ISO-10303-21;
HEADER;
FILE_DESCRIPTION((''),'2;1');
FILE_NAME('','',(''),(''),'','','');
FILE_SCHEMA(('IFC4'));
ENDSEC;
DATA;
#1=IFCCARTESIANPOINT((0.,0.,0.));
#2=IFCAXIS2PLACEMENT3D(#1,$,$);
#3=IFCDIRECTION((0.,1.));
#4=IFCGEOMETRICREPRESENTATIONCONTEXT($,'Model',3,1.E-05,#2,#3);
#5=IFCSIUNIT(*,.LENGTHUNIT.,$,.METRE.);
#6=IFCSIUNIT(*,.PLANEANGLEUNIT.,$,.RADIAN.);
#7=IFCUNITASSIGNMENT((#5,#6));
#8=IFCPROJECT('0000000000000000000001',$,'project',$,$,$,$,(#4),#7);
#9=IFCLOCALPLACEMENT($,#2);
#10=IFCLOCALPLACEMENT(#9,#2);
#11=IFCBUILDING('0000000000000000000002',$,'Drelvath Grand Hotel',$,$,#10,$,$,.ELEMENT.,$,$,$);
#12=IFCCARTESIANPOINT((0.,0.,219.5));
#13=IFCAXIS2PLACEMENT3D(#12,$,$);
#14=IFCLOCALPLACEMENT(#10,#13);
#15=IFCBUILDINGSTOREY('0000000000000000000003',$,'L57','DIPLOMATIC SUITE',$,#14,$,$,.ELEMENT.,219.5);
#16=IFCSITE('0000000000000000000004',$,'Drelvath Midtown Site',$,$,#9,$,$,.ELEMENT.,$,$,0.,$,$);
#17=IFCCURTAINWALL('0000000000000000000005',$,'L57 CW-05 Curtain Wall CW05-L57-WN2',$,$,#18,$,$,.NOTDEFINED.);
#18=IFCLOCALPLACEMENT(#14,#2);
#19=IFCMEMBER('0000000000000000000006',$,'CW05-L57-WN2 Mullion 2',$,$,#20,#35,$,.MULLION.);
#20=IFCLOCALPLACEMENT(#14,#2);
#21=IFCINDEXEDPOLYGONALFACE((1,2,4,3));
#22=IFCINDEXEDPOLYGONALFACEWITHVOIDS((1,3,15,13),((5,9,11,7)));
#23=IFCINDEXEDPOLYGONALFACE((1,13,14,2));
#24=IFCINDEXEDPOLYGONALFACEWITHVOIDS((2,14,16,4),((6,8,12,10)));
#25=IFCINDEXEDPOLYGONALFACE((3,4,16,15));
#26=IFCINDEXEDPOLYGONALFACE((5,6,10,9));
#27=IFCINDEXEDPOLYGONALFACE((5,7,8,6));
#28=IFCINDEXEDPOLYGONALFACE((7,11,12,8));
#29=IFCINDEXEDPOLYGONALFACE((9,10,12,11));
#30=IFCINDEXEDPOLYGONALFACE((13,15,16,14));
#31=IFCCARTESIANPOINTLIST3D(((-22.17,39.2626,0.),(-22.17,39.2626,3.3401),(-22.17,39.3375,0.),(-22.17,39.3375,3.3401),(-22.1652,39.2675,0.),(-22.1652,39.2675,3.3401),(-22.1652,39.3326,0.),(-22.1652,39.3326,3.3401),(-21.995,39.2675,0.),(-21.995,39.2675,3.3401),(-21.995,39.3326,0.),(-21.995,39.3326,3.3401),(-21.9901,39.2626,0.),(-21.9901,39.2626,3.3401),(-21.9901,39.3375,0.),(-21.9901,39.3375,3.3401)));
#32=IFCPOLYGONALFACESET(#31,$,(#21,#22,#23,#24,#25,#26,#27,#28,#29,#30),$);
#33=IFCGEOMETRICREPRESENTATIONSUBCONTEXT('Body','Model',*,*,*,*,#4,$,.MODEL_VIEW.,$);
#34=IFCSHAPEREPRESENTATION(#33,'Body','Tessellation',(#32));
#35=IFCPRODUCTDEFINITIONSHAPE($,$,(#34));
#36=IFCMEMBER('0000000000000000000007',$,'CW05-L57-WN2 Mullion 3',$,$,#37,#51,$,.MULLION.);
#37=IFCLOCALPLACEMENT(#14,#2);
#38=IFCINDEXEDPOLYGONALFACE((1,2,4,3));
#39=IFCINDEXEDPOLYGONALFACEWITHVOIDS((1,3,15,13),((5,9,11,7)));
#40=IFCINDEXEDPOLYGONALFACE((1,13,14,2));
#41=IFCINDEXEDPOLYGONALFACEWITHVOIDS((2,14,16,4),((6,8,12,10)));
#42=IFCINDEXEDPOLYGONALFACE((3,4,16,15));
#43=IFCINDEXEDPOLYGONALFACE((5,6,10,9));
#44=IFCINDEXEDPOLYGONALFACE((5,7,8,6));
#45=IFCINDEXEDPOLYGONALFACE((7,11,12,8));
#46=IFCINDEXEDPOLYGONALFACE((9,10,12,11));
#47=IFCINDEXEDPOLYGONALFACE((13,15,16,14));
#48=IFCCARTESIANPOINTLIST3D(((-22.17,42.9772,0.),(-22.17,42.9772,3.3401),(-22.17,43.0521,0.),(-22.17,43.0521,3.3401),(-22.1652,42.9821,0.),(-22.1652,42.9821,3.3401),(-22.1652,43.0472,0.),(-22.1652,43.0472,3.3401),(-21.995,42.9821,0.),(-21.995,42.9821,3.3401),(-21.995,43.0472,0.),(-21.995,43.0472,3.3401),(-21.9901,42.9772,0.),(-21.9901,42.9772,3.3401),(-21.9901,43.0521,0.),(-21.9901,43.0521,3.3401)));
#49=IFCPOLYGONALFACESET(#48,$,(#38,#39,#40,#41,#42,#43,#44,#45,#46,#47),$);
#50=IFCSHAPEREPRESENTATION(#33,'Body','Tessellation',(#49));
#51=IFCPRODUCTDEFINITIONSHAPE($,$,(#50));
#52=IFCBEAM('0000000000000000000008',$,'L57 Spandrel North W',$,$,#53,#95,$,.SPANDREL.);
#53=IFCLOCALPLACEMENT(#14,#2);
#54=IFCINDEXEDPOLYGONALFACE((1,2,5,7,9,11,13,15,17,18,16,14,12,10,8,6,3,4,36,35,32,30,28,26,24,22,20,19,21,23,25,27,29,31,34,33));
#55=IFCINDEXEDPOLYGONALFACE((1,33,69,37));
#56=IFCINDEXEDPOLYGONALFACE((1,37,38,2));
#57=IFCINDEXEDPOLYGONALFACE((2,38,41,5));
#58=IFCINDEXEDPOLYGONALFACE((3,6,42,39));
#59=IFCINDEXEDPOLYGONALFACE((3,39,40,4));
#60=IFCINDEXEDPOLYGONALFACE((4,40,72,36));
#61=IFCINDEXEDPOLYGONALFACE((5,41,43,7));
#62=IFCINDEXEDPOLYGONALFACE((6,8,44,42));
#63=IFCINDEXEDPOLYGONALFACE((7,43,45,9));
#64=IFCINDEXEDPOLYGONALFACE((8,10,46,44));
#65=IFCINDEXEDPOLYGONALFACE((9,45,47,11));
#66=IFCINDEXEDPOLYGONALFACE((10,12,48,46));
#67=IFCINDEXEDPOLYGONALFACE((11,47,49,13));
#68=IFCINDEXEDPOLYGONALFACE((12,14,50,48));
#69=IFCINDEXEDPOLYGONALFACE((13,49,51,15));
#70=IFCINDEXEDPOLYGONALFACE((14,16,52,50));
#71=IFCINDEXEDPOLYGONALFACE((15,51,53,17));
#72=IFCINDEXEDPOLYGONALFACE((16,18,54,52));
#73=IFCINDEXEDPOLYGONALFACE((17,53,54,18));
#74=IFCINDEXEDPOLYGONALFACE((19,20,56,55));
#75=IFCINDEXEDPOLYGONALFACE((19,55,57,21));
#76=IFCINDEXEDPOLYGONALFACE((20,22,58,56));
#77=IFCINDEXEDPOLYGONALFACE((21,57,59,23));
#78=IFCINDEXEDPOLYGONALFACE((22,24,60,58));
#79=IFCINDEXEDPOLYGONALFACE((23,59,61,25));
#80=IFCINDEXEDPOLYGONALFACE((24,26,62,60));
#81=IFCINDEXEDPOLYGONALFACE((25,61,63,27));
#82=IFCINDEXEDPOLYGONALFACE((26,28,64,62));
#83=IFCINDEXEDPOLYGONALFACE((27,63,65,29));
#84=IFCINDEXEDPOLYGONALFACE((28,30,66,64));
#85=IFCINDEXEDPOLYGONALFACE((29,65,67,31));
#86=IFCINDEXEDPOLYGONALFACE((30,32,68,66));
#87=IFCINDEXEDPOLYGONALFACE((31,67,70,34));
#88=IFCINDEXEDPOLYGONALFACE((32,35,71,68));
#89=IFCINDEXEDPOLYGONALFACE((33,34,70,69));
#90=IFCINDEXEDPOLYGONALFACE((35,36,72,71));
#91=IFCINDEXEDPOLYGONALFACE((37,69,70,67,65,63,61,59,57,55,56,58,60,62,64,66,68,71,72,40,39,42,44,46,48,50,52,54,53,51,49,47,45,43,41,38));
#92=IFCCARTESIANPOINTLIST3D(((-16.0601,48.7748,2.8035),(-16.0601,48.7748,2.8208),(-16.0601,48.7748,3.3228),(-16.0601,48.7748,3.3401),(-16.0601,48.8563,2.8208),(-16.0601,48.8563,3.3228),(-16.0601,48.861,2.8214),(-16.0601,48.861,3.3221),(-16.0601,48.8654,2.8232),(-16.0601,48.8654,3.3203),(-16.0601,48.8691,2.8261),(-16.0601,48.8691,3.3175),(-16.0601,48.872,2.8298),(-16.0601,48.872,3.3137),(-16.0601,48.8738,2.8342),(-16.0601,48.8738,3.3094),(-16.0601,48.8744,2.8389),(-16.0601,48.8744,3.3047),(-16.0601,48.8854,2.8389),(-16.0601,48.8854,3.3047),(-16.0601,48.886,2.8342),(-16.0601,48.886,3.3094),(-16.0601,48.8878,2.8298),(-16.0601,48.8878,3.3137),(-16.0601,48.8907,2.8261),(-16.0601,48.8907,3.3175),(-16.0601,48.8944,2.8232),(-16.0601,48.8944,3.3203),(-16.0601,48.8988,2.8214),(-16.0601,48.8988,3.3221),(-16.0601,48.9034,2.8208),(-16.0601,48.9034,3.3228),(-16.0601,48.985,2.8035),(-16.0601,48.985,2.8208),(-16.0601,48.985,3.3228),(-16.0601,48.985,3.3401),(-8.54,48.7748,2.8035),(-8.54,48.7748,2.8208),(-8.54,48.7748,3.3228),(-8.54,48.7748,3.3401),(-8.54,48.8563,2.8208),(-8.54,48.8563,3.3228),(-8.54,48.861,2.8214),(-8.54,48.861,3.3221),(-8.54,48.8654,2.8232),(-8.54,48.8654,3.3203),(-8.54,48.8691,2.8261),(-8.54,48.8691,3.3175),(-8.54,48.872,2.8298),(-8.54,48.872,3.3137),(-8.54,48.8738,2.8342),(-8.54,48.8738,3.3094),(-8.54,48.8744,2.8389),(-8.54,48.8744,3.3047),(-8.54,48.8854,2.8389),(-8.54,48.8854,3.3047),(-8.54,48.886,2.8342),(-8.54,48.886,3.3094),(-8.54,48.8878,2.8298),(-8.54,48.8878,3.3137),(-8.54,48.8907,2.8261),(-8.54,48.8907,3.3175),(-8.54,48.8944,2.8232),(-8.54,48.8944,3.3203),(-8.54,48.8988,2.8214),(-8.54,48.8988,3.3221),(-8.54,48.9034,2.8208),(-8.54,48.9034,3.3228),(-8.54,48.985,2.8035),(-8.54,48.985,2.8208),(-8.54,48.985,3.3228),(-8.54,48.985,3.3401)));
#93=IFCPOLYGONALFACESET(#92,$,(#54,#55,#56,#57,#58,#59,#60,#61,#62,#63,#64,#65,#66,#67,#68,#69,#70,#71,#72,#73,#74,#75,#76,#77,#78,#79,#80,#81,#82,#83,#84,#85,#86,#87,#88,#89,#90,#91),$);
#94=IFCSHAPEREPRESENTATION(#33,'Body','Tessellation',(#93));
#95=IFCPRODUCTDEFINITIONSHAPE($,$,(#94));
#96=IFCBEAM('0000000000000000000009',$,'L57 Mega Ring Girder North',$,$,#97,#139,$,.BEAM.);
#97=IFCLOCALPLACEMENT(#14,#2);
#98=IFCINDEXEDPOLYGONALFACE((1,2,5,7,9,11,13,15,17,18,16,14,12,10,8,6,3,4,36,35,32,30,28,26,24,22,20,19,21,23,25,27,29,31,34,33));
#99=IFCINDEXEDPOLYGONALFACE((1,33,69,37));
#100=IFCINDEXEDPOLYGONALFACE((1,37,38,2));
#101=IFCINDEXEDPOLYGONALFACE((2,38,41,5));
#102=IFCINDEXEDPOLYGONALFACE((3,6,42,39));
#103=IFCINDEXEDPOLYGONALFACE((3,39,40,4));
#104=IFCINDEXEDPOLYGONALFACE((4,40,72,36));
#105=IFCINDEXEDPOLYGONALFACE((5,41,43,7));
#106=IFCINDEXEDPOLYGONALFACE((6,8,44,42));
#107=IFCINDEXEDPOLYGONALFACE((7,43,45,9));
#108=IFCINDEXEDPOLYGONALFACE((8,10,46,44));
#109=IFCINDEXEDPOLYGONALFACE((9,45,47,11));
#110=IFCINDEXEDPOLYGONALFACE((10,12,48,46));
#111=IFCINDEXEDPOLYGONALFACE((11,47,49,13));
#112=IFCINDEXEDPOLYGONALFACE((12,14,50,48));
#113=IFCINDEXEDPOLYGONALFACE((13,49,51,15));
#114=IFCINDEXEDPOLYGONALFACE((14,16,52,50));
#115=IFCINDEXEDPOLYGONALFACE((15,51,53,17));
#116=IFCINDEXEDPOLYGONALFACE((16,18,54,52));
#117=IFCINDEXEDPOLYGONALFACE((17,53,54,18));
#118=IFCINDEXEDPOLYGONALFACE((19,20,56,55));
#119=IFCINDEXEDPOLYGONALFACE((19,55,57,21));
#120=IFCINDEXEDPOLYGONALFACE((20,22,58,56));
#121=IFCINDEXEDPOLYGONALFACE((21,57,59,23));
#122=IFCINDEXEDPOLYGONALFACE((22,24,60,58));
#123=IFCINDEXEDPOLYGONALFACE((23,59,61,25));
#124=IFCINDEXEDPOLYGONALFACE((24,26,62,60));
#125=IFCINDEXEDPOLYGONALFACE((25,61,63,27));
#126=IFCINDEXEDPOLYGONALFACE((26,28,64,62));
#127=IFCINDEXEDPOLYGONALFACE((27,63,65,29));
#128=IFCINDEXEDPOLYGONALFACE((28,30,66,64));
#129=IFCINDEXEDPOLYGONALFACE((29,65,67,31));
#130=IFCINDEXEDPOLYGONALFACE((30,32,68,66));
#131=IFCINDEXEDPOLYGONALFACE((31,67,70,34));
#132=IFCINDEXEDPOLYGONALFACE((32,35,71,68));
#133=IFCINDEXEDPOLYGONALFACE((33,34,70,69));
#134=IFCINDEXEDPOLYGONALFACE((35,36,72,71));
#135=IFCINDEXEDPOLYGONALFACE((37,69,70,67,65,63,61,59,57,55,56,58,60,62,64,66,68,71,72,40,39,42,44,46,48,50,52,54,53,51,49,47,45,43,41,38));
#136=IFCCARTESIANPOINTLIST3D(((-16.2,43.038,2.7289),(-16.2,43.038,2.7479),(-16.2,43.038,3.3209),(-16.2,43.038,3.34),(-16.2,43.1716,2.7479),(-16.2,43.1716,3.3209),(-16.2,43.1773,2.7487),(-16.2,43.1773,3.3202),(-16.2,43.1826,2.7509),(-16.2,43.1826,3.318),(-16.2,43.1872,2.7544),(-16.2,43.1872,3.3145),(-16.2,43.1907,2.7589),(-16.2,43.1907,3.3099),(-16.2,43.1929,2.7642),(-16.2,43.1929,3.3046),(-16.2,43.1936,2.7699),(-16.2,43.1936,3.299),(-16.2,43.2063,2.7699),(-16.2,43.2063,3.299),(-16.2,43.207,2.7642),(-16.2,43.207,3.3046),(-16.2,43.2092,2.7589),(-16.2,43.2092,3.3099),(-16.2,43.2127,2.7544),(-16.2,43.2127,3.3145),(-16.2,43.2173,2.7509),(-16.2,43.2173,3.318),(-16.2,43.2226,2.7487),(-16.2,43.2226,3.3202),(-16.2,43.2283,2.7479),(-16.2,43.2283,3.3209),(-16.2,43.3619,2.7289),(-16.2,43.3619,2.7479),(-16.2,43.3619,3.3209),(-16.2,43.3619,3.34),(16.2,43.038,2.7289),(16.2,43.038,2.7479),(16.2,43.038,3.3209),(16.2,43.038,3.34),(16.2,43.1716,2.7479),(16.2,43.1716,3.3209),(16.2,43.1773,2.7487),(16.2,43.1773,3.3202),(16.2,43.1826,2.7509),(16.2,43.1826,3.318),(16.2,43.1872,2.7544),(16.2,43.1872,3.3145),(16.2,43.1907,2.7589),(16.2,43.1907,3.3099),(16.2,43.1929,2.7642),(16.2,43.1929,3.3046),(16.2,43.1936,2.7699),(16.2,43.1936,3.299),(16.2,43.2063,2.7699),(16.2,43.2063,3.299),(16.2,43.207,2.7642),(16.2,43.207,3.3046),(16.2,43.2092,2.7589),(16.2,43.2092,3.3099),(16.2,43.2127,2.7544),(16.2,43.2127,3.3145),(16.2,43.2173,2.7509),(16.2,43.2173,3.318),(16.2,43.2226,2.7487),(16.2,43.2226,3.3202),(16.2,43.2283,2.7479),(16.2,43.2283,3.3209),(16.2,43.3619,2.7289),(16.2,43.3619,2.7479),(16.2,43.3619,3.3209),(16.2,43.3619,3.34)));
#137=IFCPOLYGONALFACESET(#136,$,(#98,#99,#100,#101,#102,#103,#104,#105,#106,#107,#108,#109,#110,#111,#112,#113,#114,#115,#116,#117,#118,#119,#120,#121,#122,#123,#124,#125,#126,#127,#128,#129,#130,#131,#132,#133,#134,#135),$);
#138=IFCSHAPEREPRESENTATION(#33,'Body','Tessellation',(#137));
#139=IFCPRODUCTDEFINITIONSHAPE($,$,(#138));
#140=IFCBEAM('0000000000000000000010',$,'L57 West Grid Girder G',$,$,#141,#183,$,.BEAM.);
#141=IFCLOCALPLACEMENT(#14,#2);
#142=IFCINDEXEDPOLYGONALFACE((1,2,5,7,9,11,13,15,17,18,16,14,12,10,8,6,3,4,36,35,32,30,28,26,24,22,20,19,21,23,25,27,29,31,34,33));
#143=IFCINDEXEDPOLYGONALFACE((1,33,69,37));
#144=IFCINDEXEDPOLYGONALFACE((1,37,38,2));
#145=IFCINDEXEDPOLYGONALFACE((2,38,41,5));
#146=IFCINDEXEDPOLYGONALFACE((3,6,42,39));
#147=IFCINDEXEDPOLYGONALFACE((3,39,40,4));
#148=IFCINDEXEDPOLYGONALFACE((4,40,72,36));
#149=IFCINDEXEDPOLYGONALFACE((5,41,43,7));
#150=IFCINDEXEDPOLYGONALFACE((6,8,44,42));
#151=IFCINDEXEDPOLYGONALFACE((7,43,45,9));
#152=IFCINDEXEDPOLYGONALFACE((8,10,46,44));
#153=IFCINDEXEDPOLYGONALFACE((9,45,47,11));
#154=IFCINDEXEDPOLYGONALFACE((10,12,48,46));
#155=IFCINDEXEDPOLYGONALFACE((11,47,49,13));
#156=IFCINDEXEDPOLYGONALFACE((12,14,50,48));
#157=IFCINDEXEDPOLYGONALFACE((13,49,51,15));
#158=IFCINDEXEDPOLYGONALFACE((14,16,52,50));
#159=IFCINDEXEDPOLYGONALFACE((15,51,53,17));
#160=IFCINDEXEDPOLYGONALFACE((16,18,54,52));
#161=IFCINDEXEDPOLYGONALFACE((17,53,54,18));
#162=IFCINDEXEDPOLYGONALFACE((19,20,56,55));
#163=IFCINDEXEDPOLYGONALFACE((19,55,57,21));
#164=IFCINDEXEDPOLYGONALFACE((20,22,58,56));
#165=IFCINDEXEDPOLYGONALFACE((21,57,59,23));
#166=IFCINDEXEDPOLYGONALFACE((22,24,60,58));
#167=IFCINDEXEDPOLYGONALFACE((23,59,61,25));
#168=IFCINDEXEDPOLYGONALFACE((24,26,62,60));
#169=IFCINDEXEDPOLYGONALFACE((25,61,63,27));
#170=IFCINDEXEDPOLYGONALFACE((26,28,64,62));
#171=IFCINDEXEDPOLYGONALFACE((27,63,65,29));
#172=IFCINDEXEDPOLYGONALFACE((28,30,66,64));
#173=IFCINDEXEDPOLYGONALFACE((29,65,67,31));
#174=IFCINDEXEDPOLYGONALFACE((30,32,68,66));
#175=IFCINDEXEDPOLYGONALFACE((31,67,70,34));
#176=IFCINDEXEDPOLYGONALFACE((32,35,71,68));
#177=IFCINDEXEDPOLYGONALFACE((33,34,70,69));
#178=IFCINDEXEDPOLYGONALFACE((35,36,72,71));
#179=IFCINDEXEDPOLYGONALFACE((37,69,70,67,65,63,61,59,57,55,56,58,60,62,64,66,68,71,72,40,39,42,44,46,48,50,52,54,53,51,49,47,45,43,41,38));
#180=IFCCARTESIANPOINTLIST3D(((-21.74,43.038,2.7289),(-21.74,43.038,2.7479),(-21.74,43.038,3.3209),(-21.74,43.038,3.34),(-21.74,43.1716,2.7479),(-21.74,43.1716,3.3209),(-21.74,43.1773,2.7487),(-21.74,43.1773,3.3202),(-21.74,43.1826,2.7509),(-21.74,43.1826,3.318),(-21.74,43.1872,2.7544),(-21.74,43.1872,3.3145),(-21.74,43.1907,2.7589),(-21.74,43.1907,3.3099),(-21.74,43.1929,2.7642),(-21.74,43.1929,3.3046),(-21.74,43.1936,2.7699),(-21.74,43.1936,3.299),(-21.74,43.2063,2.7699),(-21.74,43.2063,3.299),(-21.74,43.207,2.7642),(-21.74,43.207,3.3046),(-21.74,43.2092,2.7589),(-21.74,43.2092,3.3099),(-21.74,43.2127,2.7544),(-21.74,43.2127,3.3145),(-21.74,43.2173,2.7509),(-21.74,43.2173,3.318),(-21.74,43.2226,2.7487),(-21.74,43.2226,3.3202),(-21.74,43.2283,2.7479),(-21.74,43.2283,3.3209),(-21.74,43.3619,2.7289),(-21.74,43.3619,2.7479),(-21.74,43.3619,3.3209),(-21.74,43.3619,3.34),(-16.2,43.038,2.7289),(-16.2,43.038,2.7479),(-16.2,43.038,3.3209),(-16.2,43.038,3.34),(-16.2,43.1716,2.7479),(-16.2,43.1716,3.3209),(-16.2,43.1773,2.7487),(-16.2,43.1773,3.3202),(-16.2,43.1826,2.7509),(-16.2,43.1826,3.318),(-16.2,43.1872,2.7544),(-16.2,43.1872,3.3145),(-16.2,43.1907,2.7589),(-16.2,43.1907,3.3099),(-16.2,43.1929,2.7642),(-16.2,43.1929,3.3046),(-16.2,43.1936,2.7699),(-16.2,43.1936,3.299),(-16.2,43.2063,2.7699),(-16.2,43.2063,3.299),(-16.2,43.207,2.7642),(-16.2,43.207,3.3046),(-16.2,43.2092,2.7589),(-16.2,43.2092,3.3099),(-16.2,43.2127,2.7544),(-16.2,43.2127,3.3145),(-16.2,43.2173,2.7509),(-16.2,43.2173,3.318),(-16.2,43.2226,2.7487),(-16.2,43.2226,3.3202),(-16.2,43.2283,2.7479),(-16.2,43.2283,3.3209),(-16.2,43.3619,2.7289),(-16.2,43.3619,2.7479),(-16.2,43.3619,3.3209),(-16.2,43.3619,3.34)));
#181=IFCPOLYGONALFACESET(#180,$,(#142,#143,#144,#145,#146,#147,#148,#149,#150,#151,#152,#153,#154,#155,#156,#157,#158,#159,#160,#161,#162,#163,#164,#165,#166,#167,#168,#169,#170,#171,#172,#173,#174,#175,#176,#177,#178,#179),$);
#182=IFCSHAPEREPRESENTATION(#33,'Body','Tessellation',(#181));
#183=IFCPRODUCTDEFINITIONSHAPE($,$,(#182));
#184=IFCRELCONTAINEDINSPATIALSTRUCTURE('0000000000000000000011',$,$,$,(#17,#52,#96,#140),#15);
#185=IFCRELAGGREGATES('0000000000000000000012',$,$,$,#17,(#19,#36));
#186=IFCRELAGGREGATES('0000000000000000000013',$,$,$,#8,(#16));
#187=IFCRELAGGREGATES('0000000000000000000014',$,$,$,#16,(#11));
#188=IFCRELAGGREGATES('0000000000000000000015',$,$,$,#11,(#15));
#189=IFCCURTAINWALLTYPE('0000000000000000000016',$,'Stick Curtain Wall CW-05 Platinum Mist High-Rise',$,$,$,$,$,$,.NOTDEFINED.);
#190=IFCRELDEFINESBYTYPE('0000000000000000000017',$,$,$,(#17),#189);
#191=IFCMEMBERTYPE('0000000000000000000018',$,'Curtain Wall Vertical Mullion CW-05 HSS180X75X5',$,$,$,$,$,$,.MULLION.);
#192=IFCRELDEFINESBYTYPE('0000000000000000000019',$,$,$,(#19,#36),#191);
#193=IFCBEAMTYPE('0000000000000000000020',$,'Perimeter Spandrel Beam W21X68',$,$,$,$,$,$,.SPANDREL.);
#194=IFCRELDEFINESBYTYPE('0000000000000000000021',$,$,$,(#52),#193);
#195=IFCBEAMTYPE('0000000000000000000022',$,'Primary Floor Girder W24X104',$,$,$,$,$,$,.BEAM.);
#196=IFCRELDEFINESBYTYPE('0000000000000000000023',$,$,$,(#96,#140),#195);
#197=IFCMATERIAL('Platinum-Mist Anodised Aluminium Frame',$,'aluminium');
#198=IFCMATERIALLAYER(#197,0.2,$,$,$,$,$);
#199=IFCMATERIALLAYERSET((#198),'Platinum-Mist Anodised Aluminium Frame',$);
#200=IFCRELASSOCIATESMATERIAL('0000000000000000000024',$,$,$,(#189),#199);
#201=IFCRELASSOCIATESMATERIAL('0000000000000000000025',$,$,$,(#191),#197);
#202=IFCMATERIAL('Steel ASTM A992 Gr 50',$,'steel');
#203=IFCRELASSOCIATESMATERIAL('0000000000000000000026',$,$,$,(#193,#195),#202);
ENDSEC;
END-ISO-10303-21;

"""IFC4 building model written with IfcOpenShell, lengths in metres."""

from ifc_helpers import new_model, si_unit, direction, frame, origin, origin_2d, place, context, subcontext, project, spatial, hollow_rectangle, i_section, extrude, material, layer, layer_set, material_profile, profile_set, type_object, element, aggregate, save


model = new_model("IFC4")

# Units and contexts
model_context = context("Model", 3, precision=1e-05, world=origin(), true_north=direction((0.0, 1.0)))
body_context = subcontext(model_context, "Body", "Model", "MODEL_VIEW")
ifc_project = project(units=[si_unit("LENGTHUNIT", "METRE"), si_unit("PLANEANGLEUNIT", "RADIAN")], contexts=[model_context])

# Site, building, storey
site_placement = place(None, origin())
site = spatial("IfcSite", under=ifc_project, at=site_placement, Name="Drelvath Midtown Site", CompositionType="ELEMENT", RefElevation=0.0)
building_placement = place(site_placement, origin())
building = spatial("IfcBuilding", under=site, at=building_placement, Name="Drelvath Grand Hotel", CompositionType="ELEMENT")
storey_placement = place(building_placement, frame((0.0, 0.0, 219.5)))
storey = spatial("IfcBuildingStorey", under=building, at=storey_placement, Name="L57", Description="DIPLOMATIC SUITE", CompositionType="ELEMENT", Elevation=219.5)

# Shared definitions
ifc_material_1 = material(Name="Steel ASTM A992 Gr 50", Category="steel")

# Curtain wall, members
ifc_material_2 = material(Name="Platinum-Mist Anodised Aluminium Frame", Category="aluminium")
ifc_layer_1 = layer(ifc_material_2, 0.2)
ifc_layer_set_1 = layer_set([ifc_layer_1], Name="Platinum-Mist Anodised Aluminium Frame")
curtain_wall_type = type_object("IfcCurtainWallType", Name="Stick Curtain Wall CW-05 Platinum Mist High-Rise", PredefinedType="NOTDEFINED", material=ifc_layer_set_1)
curtain_wall_placement = place(storey_placement, origin())
curtain_wall = element("IfcCurtainWall", 1, at=curtain_wall_placement, inside=storey, type_object=curtain_wall_type, Name="L57 CW-05 Curtain Wall CW05-L57-WN2", PredefinedType="NOTDEFINED")
ifc_material_profile_1 = material_profile(ifc_material_2, hollow_rectangle(XDim=0.075, YDim=0.1799, WallThickness=0.0049, at=origin_2d()), Name="HSS180X75X5")
ifc_profile_set_1 = profile_set([ifc_material_profile_1], Name="Platinum-Mist Anodised Aluminium Frame")
member_type_1 = type_object("IfcMemberType", Name="Curtain Wall Vertical Mullion CW-05 HSS180X75X5", PredefinedType="MULLION", material=ifc_profile_set_1)
member_1_placement = place(storey_placement, frame((-22.0801, 39.3, 0.0), z_axis=(0.0, 0.0, 1.0), x_axis=(0.0, 1.0, 0.0)))
member_1 = element("IfcMember", 2, at=member_1_placement, type_object=member_type_1, Name="CW05-L57-WN2 Mullion 2", PredefinedType="MULLION", context=body_context, shape_type="SweptSolid", body=[
    extrude(hollow_rectangle(XDim=0.075, YDim=0.1799, WallThickness=0.0049, at=origin_2d()), origin(), (0.0, 0.0, 1.0), 3.3401),
])
member_2_placement = place(storey_placement, frame((-22.0801, 43.0146, 0.0), z_axis=(0.0, 0.0, 1.0), x_axis=(0.0, 1.0, 0.0)))
member_2 = element("IfcMember", 3, at=member_2_placement, type_object=member_type_1, Name="CW05-L57-WN2 Mullion 3", PredefinedType="MULLION", context=body_context, shape_type="SweptSolid", body=[
    extrude(hollow_rectangle(XDim=0.075, YDim=0.1799, WallThickness=0.0049, at=origin_2d()), origin(), (0.0, 0.0, 1.0), 3.3401),
])

# Beams
ifc_material_profile_2 = material_profile(ifc_material_1, i_section(OverallWidth=0.2102, OverallDepth=0.5366, WebThickness=0.011, FlangeThickness=0.0173, FilletRadius=0.0181, at=origin_2d()), Name="W21X68")
ifc_profile_set_2 = profile_set([ifc_material_profile_2], Name="Steel ASTM A992 Gr 50")
beam_type_1 = type_object("IfcBeamType", Name="Perimeter Spandrel Beam W21X68", PredefinedType="SPANDREL", material=ifc_profile_set_2)
beam_1_placement = place(storey_placement, frame((-16.0601, 48.8799, 3.0718), z_axis=(1.0, 0.0, 0.0), x_axis=(0.0, 1.0, 0.0)))
element("IfcBeam", 4, at=beam_1_placement, inside=storey, type_object=beam_type_1, Name="L57 Spandrel North W", PredefinedType="SPANDREL", context=body_context, shape_type="SweptSolid", body=[
    extrude(i_section(OverallWidth=0.2102, OverallDepth=0.5366, WebThickness=0.011, FlangeThickness=0.0173, FilletRadius=0.0181, at=origin_2d()), origin(), (0.0, 0.0, 1.0), 7.52),
])
ifc_material_profile_3 = material_profile(ifc_material_1, i_section(OverallWidth=0.324, OverallDepth=0.6111, WebThickness=0.0127, FlangeThickness=0.019, FilletRadius=0.022, at=origin_2d()), Name="W24X104")
ifc_profile_set_3 = profile_set([ifc_material_profile_3], Name="Steel ASTM A992 Gr 50")
beam_type_2 = type_object("IfcBeamType", Name="Primary Floor Girder W24X104", PredefinedType="BEAM", material=ifc_profile_set_3)
beam_2_placement = place(storey_placement, frame((-16.2, 43.2, 3.0344), z_axis=(1.0, 0.0, 0.0), x_axis=(0.0, 1.0, 0.0)))
element("IfcBeam", 5, at=beam_2_placement, inside=storey, type_object=beam_type_2, Name="L57 Mega Ring Girder North", PredefinedType="BEAM", context=body_context, shape_type="SweptSolid", body=[
    extrude(i_section(OverallWidth=0.324, OverallDepth=0.6111, WebThickness=0.0127, FlangeThickness=0.019, FilletRadius=0.022, at=origin_2d()), origin(), (0.0, 0.0, 1.0), 32.3999),
])
for number, where, z_axis, x_axis, name in (
    (6, (-21.74, 43.2, 3.0344), (1.0, 0.0, 0.0), (0.0, 1.0, 0.0), "L57 West Grid Girder G"),
):
    element("IfcBeam", number, at=place(storey_placement, frame(where, z_axis=z_axis, x_axis=x_axis)), inside=storey, type_object=beam_type_2, Name=name, PredefinedType="BEAM", context=body_context, shape_type="SweptSolid", body=[
        extrude(i_section(OverallWidth=0.324, OverallDepth=0.6111, WebThickness=0.0127, FlangeThickness=0.019, FilletRadius=0.022, at=origin_2d()), origin(), (0.0, 0.0, 1.0), 5.54),
    ])

aggregate(curtain_wall, [member_1, member_2])

save(model, "model.ifc")
